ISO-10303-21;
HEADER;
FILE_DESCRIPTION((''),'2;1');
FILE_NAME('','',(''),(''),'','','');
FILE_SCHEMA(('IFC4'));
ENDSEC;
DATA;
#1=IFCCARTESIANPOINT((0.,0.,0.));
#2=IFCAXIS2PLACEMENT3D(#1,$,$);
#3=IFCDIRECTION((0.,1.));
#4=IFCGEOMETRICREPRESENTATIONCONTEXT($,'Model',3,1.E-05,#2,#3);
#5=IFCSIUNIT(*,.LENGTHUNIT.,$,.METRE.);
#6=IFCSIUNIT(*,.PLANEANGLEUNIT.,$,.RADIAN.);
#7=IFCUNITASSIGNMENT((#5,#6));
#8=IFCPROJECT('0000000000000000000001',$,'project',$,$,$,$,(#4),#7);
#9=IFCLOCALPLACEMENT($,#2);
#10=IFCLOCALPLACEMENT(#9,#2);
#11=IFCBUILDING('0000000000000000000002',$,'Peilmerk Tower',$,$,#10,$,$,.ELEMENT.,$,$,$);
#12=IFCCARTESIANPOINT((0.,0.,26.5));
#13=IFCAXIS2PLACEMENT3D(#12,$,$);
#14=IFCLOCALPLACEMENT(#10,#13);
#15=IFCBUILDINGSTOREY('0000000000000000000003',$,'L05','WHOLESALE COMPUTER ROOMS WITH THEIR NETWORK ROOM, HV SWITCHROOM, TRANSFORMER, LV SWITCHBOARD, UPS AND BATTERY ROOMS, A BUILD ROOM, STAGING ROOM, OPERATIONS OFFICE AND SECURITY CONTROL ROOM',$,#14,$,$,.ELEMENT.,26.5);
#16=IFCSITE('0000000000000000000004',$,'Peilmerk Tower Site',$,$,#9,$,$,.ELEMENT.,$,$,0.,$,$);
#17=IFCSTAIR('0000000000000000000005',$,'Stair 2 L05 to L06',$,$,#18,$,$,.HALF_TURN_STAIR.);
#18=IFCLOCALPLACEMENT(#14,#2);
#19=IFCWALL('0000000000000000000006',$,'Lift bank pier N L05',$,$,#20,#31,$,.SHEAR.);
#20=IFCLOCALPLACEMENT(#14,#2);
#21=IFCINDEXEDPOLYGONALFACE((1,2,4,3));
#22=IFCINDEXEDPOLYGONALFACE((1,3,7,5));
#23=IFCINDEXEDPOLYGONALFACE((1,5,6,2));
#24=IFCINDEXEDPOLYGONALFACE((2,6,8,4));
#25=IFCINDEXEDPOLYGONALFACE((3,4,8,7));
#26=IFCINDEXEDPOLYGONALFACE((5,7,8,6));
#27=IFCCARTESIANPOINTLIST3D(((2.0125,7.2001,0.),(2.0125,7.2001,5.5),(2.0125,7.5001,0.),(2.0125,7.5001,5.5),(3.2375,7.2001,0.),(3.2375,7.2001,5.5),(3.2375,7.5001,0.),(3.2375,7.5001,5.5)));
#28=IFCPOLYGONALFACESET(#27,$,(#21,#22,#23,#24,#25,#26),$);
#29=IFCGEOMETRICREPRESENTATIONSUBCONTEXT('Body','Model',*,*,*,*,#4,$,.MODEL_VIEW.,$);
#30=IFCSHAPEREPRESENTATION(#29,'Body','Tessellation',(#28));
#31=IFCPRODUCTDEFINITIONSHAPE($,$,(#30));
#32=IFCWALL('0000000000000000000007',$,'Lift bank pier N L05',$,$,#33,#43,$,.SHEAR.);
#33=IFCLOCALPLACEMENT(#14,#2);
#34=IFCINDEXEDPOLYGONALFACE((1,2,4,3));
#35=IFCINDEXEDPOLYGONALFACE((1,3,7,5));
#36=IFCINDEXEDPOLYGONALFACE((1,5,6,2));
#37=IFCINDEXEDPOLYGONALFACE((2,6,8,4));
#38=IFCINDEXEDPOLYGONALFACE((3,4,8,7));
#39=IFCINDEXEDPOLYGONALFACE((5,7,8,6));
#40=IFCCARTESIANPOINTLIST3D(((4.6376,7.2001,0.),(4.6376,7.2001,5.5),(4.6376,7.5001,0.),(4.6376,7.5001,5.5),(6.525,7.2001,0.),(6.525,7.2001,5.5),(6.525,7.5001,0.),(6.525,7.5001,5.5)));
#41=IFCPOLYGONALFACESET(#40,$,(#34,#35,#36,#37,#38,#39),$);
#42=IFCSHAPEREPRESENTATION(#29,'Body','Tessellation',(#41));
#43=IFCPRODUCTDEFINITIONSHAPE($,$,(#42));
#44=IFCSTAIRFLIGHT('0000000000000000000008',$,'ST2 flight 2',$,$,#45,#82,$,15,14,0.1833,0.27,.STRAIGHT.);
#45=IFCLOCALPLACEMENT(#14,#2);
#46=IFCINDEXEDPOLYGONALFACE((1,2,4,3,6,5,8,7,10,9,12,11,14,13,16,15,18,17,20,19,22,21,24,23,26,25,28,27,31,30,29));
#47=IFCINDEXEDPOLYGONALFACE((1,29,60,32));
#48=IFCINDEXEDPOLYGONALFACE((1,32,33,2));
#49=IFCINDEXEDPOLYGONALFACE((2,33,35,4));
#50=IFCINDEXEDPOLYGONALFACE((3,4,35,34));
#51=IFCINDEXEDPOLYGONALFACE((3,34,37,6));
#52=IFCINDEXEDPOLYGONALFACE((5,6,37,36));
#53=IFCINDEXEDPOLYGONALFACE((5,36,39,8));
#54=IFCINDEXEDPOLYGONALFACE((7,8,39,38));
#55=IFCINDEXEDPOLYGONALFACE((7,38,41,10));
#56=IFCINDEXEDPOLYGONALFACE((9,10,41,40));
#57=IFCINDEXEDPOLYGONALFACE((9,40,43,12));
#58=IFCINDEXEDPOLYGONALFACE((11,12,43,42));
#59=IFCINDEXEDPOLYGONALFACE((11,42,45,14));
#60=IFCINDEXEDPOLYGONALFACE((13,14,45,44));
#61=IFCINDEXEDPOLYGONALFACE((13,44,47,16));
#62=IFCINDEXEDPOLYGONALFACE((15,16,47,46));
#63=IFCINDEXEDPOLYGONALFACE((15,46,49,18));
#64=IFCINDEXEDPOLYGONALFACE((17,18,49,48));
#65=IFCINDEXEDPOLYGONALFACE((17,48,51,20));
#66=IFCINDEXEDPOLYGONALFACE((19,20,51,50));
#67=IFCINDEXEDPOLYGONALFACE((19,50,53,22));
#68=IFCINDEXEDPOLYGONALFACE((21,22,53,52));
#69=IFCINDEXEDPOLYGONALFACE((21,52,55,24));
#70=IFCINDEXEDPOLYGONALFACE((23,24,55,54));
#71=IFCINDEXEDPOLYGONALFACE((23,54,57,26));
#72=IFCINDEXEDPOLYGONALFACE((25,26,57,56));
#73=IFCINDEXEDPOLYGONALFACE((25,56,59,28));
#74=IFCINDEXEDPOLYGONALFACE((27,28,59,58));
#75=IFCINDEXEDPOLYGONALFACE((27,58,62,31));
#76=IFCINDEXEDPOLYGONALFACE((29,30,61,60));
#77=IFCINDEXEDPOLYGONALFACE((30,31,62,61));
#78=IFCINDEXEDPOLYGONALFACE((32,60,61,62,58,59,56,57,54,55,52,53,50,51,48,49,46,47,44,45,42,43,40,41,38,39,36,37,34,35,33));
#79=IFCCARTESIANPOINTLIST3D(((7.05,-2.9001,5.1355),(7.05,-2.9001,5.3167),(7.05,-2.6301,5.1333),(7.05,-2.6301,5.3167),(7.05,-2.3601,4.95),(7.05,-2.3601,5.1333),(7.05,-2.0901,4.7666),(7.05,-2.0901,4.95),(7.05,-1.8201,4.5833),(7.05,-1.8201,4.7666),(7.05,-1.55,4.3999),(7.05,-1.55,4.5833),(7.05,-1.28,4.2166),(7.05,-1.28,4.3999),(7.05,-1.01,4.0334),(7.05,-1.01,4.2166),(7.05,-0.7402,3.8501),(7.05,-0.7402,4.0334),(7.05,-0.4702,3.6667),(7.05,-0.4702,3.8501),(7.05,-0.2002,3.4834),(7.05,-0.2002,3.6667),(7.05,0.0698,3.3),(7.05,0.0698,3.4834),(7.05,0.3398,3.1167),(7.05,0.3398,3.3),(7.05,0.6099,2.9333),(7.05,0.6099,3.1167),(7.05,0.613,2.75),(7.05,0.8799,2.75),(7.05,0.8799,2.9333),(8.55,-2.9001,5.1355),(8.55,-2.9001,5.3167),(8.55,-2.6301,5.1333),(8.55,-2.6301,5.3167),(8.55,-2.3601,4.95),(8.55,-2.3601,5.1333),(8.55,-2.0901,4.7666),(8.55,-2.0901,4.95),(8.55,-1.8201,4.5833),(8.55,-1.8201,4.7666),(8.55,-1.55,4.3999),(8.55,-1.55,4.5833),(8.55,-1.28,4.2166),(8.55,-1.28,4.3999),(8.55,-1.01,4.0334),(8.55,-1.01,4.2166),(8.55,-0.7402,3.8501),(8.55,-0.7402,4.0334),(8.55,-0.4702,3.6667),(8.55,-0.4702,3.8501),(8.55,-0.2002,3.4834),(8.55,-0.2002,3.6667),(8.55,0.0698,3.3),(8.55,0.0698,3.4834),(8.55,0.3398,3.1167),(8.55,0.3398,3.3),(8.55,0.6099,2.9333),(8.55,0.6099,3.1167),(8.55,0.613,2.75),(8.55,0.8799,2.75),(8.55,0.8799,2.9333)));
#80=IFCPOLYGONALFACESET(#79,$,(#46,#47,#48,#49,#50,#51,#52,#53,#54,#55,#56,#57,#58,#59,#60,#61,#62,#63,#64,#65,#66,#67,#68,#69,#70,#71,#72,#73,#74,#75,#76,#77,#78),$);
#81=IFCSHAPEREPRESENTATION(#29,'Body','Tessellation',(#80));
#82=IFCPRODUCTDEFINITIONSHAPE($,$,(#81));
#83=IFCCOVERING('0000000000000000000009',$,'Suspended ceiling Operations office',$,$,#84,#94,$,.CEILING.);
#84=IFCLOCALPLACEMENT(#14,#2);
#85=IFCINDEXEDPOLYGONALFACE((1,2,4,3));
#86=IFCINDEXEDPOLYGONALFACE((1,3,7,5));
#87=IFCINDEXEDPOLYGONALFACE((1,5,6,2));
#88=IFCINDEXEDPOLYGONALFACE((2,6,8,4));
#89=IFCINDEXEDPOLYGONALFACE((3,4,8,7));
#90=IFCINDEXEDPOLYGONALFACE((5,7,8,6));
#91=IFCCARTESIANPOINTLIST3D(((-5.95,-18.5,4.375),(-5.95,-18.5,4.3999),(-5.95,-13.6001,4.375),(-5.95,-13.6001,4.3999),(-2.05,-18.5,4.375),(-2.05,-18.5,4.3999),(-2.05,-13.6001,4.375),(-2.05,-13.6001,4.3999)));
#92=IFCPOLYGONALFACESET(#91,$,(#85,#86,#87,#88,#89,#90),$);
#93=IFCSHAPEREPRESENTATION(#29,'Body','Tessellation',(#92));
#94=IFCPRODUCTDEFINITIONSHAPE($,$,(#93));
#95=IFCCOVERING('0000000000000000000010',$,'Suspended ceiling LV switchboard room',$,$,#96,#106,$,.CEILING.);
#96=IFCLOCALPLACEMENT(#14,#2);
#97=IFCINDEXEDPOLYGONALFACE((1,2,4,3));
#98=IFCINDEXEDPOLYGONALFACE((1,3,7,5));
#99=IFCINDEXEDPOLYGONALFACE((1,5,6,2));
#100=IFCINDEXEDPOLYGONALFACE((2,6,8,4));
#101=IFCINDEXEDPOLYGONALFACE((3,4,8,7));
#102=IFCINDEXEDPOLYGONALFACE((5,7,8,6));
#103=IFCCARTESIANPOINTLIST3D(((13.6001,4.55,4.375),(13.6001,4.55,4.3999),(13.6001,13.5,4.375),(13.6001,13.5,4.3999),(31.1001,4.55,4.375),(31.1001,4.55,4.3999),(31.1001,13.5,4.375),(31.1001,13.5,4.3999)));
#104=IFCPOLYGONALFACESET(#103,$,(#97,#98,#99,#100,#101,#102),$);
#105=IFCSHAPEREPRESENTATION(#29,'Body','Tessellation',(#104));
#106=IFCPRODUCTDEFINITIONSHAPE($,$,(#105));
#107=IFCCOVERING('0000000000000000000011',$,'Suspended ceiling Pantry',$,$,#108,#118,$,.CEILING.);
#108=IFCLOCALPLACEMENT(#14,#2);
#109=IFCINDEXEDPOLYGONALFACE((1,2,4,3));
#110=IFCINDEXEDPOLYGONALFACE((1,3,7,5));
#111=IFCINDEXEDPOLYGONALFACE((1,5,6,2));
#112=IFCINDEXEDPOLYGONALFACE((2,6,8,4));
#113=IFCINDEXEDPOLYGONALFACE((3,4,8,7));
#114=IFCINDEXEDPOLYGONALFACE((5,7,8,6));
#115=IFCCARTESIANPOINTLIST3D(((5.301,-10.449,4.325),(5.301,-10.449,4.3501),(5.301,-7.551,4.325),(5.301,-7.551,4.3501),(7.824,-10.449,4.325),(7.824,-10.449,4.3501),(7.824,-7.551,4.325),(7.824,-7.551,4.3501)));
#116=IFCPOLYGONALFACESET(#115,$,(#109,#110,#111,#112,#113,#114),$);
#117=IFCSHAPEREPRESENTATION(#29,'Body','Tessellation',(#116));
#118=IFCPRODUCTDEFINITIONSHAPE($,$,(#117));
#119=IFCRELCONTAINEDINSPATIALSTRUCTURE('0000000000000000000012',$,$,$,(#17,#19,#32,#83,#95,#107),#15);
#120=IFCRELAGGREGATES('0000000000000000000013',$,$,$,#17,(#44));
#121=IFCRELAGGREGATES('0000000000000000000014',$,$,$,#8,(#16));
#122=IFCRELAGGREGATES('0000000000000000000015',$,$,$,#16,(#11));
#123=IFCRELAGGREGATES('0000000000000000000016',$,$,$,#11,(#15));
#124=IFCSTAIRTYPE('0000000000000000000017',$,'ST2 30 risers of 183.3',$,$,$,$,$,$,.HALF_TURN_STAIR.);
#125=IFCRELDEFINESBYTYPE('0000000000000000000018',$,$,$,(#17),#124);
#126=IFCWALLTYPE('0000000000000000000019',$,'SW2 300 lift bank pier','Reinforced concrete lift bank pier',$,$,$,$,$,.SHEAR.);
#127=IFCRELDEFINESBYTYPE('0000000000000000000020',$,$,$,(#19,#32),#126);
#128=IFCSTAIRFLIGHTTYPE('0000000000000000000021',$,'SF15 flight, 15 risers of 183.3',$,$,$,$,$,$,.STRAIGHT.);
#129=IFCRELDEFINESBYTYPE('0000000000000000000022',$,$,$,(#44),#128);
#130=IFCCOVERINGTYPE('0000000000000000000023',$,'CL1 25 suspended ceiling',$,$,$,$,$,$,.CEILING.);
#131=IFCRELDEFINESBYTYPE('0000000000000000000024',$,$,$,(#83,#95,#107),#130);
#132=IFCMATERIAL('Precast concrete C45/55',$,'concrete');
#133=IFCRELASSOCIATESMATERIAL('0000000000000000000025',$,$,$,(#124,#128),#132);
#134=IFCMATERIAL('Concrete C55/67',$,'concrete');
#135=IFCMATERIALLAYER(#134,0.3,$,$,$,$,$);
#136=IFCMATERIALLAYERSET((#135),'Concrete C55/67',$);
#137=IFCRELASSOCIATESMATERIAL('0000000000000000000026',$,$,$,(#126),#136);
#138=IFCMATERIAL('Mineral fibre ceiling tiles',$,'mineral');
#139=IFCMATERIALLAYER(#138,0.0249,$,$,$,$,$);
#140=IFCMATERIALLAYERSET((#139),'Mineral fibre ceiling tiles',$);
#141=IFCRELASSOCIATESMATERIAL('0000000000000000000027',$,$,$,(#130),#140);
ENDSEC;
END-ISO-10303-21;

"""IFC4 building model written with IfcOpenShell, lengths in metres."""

from ifc_helpers import new_model, si_unit, direction, frame, frame_2d, origin, place, context, subcontext, project, spatial, polyline, rectangle, outline, extrude, material, layer, layer_set, type_object, element, aggregate, save


model = new_model("IFC4")

# Units and contexts
model_context = context("Model", 3, precision=1e-05, world=origin(), true_north=direction((0.0, 1.0)))
body_context = subcontext(model_context, "Body", "Model", "MODEL_VIEW")
ifc_project = project(units=[si_unit("LENGTHUNIT", "METRE"), si_unit("PLANEANGLEUNIT", "RADIAN")], contexts=[model_context])

# Site, building, storey
site_placement = place(None, origin())
site = spatial("IfcSite", under=ifc_project, at=site_placement, Name="Peilmerk Tower Site", CompositionType="ELEMENT", RefElevation=0.0)
building_placement = place(site_placement, origin())
building = spatial("IfcBuilding", under=site, at=building_placement, Name="Peilmerk Tower", CompositionType="ELEMENT")
storey_placement = place(building_placement, frame((0.0, 0.0, 26.5)))
storey = spatial("IfcBuildingStorey", under=building, at=storey_placement, Name="L05", Description="WHOLESALE COMPUTER ROOMS WITH THEIR NETWORK ROOM, HV SWITCHROOM, TRANSFORMER, LV SWITCHBOARD, UPS AND BATTERY ROOMS, A BUILD ROOM, STAGING ROOM, OPERATIONS OFFICE AND SECURITY CONTROL ROOM", CompositionType="ELEMENT", Elevation=26.5)

# Stair
ifc_material_1 = material(Name="Precast concrete C45/55", Category="concrete")
stair_type = type_object("IfcStairType", Name="ST2 30 risers of 183.3", PredefinedType="HALF_TURN_STAIR", material=ifc_material_1)
stair_placement = place(storey_placement, origin())
stair = element("IfcStair", 1, at=stair_placement, inside=storey, type_object=stair_type, Name="Stair 2 L05 to L06", PredefinedType="HALF_TURN_STAIR")

# Walls
ifc_material_2 = material(Name="Concrete C55/67", Category="concrete")
ifc_layer_1 = layer(ifc_material_2, 0.3)
ifc_layer_set_1 = layer_set([ifc_layer_1], Name="Concrete C55/67")
wall_type_1 = type_object("IfcWallType", Name="SW2 300 lift bank pier", Description="Reinforced concrete lift bank pier", PredefinedType="SHEAR", material=ifc_layer_set_1)
wall_1_placement = place(storey_placement, frame((2.0125, 7.3501, 0.0), z_axis=(0.0, 0.0, 1.0), x_axis=(1.0, 0.0, 0.0)))
element("IfcWall", 2, at=wall_1_placement, inside=storey, type_object=wall_type_1, Name="Lift bank pier N L05", PredefinedType="SHEAR", context=body_context, shape_type="SweptSolid", body=[
    extrude(rectangle(XDim=1.2251, YDim=0.3, at=frame_2d((0.6125, 0.0))), origin(), (0.0, 0.0, 1.0), 5.5),
])
wall_2_placement = place(storey_placement, frame((4.6375, 7.3501, 0.0), z_axis=(0.0, 0.0, 1.0), x_axis=(1.0, 0.0, 0.0)))
element("IfcWall", 3, at=wall_2_placement, inside=storey, type_object=wall_type_1, Name="Lift bank pier N L05", PredefinedType="SHEAR", context=body_context, shape_type="SweptSolid", body=[
    extrude(rectangle(XDim=1.8875, YDim=0.3, at=frame_2d((0.9438, 0.0))), origin(), (0.0, 0.0, 1.0), 5.5),
])

# Stair flight
stair_flight_type = type_object("IfcStairFlightType", Name="SF15 flight, 15 risers of 183.3", PredefinedType="STRAIGHT", material=ifc_material_1)
stair_flight_placement = place(storey_placement, frame((7.8, 0.8799, 2.75), z_axis=(0.0, 0.0, 1.0), x_axis=(0.0, -1.0, 0.0)))
stair_flight = element("IfcStairFlight", 4, at=stair_flight_placement, type_object=stair_flight_type, Name="ST2 flight 2", NumberOfRisers=15, NumberOfTreads=14, PredefinedType="STRAIGHT", RiserHeight=0.1833, TreadLength=0.27, context=body_context, shape_type="SweptSolid", body=[
    extrude(outline(polyline([(0.0, 0.0), (0.0, 0.1833), (0.27, 0.1833), (0.27, 0.3667), (0.54, 0.3667), (0.54, 0.55), (0.8101, 0.55), (0.8101, 0.7334), (1.0801, 0.7334), (1.0801, 0.9167), (1.3501, 0.9167), (1.3501, 1.1001), (1.6201, 1.1001), (1.6201, 1.2834), (1.8899, 1.2834), (1.8899, 1.4666), (2.1599, 1.4666), (2.1599, 1.6499), (2.4299, 1.6499), (2.4299, 1.8333), (2.7, 1.8333), (2.7, 2.0166), (2.97, 2.0166), (2.97, 2.2), (3.24, 2.2), (3.24, 2.3833), (3.51, 2.3833), (3.51, 2.5667), (3.78, 2.5667), (3.78, 2.75), (3.78, 2.3855), (0.2668, 0.0), (0.0, 0.0)])), frame((0.0, 0.75, 0.0), z_axis=(0.0, -1.0, 0.0), x_axis=(1.0, 0.0, 0.0)), (0.0, 0.0, 1.0), 1.5),
])
aggregate(stair, [stair_flight])

# Coverings
ifc_material_3 = material(Name="Mineral fibre ceiling tiles", Category="mineral")
ifc_layer_2 = layer(ifc_material_3, 0.0249)
ifc_layer_set_2 = layer_set([ifc_layer_2], Name="Mineral fibre ceiling tiles")
covering_type_1 = type_object("IfcCoveringType", Name="CL1 25 suspended ceiling", PredefinedType="CEILING", material=ifc_layer_set_2)
covering_1_placement = place(storey_placement, frame((0.0, 0.0, 4.375)))
element("IfcCovering", 5, at=covering_1_placement, inside=storey, type_object=covering_type_1, Name="Suspended ceiling Operations office", PredefinedType="CEILING", context=body_context, shape_type="SweptSolid", body=[
    extrude(outline(polyline([(-2.05, -18.5), (-2.05, -13.6001), (-5.95, -13.6001), (-5.95, -18.5), (-2.05, -18.5)])), origin(), (0.0, 0.0, 1.0), 0.0249),
])
covering_2_placement = place(storey_placement, frame((0.0, 0.0, 4.375)))
element("IfcCovering", 6, at=covering_2_placement, inside=storey, type_object=covering_type_1, Name="Suspended ceiling LV switchboard room", PredefinedType="CEILING", context=body_context, shape_type="SweptSolid", body=[
    extrude(outline(polyline([(31.1001, 4.55), (31.1001, 13.5), (13.6001, 13.5), (13.6001, 4.55), (31.1001, 4.55)])), origin(), (0.0, 0.0, 1.0), 0.0249),
])
covering_3_placement = place(storey_placement, frame((0.0, 0.0, 4.325)))
element("IfcCovering", 7, at=covering_3_placement, inside=storey, type_object=covering_type_1, Name="Suspended ceiling Pantry", PredefinedType="CEILING", context=body_context, shape_type="SweptSolid", body=[
    extrude(outline(polyline([(7.824, -10.449), (7.824, -7.551), (5.301, -7.551), (5.301, -10.449), (7.824, -10.449)])), origin(), (0.0, 0.0, 1.0), 0.0251),
])

save(model, "model.ifc")
